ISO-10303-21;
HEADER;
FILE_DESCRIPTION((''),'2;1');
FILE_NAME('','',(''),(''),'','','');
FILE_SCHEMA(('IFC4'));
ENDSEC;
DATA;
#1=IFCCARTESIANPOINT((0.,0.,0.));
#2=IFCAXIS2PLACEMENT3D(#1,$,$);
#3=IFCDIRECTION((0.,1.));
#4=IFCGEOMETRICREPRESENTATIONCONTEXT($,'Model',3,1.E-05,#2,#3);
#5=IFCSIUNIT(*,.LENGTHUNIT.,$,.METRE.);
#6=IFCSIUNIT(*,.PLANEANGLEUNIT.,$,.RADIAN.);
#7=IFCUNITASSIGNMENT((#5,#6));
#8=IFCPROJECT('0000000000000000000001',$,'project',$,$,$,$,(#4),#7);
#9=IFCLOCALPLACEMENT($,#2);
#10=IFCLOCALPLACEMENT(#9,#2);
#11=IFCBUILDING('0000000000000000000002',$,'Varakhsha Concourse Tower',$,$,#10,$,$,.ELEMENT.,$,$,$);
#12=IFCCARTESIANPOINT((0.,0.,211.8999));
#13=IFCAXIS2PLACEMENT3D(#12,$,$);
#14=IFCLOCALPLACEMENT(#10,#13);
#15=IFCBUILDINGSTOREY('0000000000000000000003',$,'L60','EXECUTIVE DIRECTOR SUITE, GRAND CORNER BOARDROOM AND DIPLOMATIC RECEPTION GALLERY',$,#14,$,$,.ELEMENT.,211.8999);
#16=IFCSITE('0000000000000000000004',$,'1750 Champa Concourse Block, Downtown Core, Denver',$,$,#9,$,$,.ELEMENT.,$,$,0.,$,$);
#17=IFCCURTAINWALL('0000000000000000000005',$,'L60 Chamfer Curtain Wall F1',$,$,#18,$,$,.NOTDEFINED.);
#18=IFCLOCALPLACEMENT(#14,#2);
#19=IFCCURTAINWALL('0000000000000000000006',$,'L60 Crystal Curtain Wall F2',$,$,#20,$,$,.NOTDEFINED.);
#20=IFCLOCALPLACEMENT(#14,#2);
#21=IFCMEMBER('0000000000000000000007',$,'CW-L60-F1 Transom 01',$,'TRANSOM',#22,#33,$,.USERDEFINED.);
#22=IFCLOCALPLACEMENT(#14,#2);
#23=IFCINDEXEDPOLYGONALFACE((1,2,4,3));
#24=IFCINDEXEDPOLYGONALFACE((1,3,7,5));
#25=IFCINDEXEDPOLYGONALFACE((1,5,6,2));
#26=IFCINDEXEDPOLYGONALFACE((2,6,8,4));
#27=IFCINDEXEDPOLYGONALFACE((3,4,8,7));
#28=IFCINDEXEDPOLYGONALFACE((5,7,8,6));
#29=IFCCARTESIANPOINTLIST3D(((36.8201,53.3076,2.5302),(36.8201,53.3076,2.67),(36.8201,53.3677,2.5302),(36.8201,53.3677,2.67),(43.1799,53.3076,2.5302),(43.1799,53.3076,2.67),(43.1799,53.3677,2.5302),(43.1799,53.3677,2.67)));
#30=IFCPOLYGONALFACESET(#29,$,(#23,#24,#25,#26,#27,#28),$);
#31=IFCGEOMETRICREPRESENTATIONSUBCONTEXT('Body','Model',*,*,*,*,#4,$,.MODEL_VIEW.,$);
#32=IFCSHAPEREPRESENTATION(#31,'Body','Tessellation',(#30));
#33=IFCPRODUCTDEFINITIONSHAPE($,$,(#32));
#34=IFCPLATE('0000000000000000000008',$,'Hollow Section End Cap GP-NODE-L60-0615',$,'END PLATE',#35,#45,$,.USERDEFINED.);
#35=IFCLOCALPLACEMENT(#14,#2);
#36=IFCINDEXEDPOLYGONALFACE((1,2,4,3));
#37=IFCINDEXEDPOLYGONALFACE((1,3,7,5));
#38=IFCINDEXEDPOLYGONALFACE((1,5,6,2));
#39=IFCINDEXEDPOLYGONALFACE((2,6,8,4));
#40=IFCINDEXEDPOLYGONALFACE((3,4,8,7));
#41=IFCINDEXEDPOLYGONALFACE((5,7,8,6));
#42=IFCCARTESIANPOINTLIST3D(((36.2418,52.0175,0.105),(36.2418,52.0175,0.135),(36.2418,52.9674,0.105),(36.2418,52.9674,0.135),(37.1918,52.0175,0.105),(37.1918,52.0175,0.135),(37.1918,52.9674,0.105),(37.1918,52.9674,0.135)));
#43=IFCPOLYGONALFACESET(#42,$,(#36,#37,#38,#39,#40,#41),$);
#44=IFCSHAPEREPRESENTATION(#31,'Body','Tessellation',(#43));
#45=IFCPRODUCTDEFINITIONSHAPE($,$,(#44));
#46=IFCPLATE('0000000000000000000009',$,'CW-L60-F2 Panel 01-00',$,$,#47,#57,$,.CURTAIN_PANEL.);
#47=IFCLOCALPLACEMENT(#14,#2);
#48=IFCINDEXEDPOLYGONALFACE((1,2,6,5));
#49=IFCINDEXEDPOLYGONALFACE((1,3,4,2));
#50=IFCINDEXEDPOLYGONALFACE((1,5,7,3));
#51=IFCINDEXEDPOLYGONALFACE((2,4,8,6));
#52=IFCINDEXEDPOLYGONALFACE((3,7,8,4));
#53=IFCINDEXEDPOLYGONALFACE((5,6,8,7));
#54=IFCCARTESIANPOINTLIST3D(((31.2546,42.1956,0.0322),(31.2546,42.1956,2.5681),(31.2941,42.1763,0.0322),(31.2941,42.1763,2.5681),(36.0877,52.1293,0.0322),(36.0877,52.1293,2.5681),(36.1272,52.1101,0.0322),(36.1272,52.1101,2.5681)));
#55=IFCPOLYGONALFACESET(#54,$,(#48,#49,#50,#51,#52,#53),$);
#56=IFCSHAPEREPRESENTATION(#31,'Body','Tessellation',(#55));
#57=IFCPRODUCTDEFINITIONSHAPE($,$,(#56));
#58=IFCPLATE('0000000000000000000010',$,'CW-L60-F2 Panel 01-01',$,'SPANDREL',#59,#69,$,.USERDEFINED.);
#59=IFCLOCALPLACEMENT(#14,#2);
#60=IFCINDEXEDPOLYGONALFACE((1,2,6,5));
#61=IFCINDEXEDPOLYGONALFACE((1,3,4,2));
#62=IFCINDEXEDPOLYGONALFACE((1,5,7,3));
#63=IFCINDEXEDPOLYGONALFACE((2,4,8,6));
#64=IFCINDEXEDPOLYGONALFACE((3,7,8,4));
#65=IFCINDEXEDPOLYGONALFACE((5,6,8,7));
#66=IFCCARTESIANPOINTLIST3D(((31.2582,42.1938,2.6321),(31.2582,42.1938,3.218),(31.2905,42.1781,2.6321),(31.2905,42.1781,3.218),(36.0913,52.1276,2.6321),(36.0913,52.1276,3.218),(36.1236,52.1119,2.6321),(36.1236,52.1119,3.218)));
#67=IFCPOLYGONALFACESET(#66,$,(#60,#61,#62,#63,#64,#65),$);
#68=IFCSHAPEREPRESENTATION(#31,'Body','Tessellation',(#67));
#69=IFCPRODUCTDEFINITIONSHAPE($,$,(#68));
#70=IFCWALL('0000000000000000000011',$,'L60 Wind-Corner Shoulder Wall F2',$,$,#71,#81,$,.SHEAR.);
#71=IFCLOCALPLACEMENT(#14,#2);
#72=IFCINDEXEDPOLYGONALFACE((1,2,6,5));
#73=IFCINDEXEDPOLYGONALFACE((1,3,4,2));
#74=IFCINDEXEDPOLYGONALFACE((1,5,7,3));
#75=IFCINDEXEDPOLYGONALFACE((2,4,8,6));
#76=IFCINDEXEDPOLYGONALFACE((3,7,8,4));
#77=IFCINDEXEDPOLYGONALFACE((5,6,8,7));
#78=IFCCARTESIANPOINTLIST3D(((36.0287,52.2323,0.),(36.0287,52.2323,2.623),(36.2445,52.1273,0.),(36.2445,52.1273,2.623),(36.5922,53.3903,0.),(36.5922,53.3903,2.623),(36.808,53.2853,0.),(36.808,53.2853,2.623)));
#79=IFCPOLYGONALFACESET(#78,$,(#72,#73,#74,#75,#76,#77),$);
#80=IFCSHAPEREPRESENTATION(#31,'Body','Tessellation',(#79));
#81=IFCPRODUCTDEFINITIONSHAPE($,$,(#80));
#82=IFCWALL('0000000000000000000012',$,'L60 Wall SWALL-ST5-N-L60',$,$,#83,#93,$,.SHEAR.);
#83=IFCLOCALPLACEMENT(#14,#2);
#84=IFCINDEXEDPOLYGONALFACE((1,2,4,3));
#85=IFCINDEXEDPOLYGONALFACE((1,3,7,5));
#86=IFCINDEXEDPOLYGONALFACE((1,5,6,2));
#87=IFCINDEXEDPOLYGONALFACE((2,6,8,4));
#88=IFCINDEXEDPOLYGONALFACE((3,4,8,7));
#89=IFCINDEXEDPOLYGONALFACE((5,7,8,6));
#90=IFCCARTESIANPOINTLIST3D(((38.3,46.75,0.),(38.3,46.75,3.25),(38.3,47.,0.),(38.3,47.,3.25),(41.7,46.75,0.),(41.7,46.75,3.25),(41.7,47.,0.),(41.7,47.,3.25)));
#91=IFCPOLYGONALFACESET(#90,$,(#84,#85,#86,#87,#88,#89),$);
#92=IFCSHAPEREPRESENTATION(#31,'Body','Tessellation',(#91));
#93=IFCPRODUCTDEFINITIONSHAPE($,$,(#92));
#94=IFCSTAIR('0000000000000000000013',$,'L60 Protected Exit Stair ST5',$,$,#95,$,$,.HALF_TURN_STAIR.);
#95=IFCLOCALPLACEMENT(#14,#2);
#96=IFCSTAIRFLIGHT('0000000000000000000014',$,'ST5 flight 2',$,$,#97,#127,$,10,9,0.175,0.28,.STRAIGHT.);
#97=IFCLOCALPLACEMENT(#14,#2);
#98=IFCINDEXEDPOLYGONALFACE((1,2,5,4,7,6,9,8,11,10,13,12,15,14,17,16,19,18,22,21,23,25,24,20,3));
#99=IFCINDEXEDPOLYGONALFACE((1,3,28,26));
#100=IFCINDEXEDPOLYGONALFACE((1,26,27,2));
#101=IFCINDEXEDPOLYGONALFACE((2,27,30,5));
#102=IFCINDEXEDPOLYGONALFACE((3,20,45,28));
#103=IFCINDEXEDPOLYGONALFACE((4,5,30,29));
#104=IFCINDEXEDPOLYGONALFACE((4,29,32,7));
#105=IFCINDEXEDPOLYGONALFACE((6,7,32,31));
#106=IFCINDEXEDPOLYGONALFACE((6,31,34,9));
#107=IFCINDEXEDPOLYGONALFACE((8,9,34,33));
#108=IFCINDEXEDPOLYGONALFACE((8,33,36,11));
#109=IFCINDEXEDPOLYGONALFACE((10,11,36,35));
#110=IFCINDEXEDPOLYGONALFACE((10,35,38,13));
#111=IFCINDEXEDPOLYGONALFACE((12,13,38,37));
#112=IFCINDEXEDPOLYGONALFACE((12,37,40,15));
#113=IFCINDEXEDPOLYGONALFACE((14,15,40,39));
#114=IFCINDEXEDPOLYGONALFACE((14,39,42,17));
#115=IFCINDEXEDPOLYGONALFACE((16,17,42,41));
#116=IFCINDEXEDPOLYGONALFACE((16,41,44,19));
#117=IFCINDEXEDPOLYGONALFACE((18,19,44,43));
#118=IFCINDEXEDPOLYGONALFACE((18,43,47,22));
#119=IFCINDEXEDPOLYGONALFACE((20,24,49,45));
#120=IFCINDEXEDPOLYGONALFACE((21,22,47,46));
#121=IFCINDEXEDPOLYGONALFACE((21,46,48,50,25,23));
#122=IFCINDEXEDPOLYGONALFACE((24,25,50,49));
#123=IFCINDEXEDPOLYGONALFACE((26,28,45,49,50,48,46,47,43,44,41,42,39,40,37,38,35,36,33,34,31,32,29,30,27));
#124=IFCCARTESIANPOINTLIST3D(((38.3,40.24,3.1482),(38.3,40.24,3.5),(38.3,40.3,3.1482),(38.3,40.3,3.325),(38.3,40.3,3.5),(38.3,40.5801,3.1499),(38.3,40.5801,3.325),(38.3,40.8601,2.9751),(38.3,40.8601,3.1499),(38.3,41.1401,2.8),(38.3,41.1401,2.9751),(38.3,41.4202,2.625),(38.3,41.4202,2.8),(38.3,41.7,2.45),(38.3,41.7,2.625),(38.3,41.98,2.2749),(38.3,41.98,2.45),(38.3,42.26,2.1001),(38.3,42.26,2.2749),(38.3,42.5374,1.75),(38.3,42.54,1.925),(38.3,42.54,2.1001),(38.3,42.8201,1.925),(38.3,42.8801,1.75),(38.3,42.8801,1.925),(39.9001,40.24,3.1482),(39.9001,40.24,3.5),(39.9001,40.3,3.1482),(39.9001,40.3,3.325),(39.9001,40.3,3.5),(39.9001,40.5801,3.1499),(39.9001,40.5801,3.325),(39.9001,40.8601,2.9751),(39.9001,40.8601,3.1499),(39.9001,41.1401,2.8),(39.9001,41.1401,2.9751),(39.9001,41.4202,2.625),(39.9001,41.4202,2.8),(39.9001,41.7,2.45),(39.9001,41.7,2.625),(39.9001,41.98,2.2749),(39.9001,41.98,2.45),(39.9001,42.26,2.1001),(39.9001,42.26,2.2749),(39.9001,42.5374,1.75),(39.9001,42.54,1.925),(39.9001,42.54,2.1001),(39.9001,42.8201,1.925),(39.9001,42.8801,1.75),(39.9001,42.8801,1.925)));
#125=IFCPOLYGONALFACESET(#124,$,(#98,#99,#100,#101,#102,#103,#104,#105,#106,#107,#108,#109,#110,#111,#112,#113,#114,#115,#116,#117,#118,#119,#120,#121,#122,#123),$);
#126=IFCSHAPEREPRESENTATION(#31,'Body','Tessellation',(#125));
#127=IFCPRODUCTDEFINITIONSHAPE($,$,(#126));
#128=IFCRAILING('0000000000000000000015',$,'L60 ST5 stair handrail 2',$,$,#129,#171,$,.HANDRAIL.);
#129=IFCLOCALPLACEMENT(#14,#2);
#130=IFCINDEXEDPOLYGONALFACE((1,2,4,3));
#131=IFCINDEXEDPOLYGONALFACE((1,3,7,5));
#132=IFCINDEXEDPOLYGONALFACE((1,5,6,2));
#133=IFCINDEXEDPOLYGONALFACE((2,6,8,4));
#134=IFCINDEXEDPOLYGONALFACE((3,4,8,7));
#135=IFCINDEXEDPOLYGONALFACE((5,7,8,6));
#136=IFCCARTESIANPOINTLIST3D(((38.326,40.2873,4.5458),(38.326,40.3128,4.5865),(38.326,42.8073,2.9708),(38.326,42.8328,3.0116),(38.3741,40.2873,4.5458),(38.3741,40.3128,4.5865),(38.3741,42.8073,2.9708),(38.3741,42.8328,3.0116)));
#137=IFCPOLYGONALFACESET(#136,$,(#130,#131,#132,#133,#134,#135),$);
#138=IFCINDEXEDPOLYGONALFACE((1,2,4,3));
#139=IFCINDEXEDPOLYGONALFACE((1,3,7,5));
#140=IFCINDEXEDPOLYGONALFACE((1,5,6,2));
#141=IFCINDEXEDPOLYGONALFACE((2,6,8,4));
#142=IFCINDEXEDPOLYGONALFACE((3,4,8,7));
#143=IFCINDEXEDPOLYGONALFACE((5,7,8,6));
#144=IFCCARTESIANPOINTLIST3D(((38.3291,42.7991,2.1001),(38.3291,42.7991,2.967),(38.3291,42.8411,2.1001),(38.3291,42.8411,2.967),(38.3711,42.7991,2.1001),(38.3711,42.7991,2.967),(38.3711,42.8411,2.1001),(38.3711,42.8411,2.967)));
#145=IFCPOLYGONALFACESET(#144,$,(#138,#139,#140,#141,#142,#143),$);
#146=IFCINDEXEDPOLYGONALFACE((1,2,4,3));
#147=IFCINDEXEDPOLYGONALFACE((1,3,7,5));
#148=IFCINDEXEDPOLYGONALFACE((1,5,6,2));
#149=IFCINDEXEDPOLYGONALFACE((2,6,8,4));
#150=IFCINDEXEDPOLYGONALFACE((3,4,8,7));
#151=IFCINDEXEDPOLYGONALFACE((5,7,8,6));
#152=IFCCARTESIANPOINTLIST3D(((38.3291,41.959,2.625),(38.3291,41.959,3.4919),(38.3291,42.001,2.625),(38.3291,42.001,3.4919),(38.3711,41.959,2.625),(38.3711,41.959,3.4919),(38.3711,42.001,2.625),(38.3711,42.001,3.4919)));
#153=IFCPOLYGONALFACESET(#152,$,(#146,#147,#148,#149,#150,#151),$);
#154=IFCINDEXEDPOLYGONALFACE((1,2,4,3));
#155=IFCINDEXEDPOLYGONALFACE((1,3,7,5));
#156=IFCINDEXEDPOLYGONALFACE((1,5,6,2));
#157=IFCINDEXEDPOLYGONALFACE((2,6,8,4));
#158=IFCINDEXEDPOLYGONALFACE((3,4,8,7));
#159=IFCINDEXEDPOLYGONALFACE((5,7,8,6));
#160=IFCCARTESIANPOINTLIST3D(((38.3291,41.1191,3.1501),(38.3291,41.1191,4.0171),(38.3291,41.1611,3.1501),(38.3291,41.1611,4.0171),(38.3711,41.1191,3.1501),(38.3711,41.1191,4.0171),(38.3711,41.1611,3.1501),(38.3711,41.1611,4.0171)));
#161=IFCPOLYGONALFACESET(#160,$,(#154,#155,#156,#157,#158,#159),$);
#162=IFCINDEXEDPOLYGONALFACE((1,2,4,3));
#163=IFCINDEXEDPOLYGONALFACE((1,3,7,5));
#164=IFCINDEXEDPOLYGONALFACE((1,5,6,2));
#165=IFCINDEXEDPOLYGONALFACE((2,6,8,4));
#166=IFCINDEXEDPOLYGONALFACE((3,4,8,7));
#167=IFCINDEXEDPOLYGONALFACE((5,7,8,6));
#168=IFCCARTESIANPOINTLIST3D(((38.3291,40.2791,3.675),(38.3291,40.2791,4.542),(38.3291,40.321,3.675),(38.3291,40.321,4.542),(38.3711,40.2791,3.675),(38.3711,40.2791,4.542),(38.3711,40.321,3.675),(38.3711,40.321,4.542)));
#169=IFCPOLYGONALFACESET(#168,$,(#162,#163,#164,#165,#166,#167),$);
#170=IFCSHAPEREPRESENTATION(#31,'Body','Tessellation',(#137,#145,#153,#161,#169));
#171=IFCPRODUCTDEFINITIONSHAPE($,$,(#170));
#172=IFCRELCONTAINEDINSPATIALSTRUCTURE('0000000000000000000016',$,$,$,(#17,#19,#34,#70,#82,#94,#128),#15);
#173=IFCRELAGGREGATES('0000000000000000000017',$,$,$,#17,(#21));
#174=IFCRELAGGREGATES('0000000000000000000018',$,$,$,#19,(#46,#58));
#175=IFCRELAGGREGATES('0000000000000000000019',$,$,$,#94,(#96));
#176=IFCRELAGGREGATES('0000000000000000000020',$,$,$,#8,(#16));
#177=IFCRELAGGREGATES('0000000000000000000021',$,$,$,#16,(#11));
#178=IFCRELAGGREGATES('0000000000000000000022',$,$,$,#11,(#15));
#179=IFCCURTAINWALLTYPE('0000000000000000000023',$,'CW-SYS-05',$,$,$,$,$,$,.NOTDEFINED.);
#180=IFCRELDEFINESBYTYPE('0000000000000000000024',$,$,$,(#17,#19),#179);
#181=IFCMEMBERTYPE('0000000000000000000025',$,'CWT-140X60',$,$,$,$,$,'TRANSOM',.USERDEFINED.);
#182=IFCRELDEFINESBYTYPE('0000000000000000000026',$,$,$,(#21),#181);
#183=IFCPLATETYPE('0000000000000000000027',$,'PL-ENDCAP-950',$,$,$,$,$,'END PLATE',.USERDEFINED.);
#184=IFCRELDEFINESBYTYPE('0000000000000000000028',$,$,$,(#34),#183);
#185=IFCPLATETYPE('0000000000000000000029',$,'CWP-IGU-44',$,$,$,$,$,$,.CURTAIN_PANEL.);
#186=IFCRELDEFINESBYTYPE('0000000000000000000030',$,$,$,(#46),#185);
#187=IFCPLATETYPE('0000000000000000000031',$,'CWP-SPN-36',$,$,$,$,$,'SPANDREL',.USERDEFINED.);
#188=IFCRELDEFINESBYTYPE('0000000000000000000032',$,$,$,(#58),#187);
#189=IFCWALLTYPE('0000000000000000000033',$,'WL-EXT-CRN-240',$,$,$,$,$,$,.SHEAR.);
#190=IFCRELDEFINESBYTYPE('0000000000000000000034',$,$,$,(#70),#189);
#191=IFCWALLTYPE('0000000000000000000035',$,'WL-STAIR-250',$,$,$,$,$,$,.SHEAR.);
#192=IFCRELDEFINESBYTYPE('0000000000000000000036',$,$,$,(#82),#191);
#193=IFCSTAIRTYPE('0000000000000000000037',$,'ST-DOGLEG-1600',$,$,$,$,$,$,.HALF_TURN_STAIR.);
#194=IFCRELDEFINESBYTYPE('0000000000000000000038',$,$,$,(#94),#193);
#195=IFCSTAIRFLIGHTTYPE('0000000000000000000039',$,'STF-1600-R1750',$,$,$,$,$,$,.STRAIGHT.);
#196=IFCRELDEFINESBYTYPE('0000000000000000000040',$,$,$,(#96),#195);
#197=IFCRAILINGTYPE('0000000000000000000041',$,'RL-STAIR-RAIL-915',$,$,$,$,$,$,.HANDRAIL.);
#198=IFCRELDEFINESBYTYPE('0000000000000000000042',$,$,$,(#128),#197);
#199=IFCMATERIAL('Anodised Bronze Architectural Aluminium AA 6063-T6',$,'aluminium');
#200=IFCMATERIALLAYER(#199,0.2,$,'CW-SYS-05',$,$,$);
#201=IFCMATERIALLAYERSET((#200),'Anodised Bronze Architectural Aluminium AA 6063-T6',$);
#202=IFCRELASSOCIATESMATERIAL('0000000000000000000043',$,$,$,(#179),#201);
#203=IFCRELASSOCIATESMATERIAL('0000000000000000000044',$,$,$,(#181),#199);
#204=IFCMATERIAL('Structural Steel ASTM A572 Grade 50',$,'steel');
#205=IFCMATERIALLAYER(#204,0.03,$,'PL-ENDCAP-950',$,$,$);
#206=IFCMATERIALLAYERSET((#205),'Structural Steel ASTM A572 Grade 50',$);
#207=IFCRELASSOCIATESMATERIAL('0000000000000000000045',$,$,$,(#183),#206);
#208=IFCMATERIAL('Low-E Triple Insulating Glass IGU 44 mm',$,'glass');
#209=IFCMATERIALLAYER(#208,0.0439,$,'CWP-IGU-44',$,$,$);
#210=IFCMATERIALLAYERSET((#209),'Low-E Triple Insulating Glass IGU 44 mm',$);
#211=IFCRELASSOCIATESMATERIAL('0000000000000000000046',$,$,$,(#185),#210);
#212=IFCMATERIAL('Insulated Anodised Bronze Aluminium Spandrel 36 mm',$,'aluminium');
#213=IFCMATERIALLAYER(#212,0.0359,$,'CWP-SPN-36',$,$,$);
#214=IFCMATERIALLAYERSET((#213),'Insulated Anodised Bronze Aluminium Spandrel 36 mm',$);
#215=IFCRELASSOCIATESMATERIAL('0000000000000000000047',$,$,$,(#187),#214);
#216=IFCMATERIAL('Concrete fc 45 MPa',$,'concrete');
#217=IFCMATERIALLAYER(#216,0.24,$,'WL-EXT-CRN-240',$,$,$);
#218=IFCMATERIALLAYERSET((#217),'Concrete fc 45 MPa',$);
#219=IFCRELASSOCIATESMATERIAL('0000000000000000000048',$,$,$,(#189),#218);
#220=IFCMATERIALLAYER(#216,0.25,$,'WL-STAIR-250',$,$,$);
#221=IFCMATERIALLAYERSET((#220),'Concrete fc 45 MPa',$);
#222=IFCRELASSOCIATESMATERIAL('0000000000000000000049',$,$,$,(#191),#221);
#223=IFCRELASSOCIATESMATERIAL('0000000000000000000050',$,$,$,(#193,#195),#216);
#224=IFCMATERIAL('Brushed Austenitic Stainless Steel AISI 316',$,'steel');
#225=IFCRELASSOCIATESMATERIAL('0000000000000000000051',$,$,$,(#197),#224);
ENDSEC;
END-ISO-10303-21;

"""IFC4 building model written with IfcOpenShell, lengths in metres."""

from ifc_helpers import new_model, si_unit, direction, frame, frame_2d, origin, origin_2d, place, context, subcontext, project, spatial, polyline, rectangle, outline, extrude, source, transform, mapped, material, layer, layer_set, material_profile, profile_set, type_object, type_shapes, element, aggregate, save


model = new_model("IFC4")

# Units and contexts
model_context = context("Model", 3, precision=1e-05, world=origin(), true_north=direction((0.0, 1.0)))
body_context = subcontext(model_context, "Body", "Model", "MODEL_VIEW")
ifc_project = project(units=[si_unit("LENGTHUNIT", "METRE"), si_unit("PLANEANGLEUNIT", "RADIAN")], contexts=[model_context])

# Site, building, storey
site_placement = place(None, origin())
site = spatial("IfcSite", under=ifc_project, at=site_placement, Name="1750 Champa Concourse Block, Downtown Core, Denver", CompositionType="ELEMENT", RefElevation=0.0)
building_placement = place(site_placement, origin())
building = spatial("IfcBuilding", under=site, at=building_placement, Name="Varakhsha Concourse Tower", CompositionType="ELEMENT")
storey_placement = place(building_placement, frame((0.0, 0.0, 211.8999)))
storey = spatial("IfcBuildingStorey", under=building, at=storey_placement, Name="L60", Description="EXECUTIVE DIRECTOR SUITE, GRAND CORNER BOARDROOM AND DIPLOMATIC RECEPTION GALLERY", CompositionType="ELEMENT", Elevation=211.8999)

# Shared definitions
ifc_material_1 = material(Name="Structural Steel ASTM A572 Grade 50", Category="steel")

# Curtain wall
ifc_material_2 = material(Name="Anodised Bronze Architectural Aluminium AA 6063-T6", Category="aluminium")
ifc_layer_1 = layer(ifc_material_2, 0.2, Name="CW-SYS-05")
ifc_layer_set_1 = layer_set([ifc_layer_1], Name="Anodised Bronze Architectural Aluminium AA 6063-T6")
curtain_wall_type = type_object("IfcCurtainWallType", Name="CW-SYS-05", PredefinedType="NOTDEFINED", material=ifc_layer_set_1)
curtain_wall_1_placement = place(storey_placement, origin())
curtain_wall_1 = element("IfcCurtainWall", 1, at=curtain_wall_1_placement, inside=storey, type_object=curtain_wall_type, Name="L60 Chamfer Curtain Wall F1", PredefinedType="NOTDEFINED")

# Curtain wall
curtain_wall_2_placement = place(storey_placement, origin())
curtain_wall_2 = element("IfcCurtainWall", 2, at=curtain_wall_2_placement, inside=storey, type_object=curtain_wall_type, Name="L60 Crystal Curtain Wall F2", PredefinedType="NOTDEFINED")

# Member
ifc_material_profile_1 = material_profile(ifc_material_2, rectangle(XDim=0.0601, YDim=0.1399, at=origin_2d()), Name="CWT-140X60")
ifc_profile_set_1 = profile_set([ifc_material_profile_1], Name="Anodised Bronze Architectural Aluminium AA 6063-T6")
member_type_1 = type_object("IfcMemberType", Name="CWT-140X60", ElementType="TRANSOM", PredefinedType="USERDEFINED", material=ifc_profile_set_1)
shared_shape_1 = source(origin(), body_context, "Body", "SweptSolid", [
    extrude(rectangle(XDim=0.0601, YDim=0.1399, at=origin_2d()), origin(), (0.0, 0.0, 1.0), 6.3599),
])
type_shapes(member_type_1, [shared_shape_1])
member_1_placement = place(storey_placement, frame((36.8201, 53.3376, 2.6001), z_axis=(1.0, 0.0, 0.0), x_axis=(0.0, 1.0, 0.0)))
member_1 = element("IfcMember", 3, at=member_1_placement, type_object=member_type_1, Name="CW-L60-F1 Transom 01", ObjectType="TRANSOM", PredefinedType="USERDEFINED", context=body_context, shape_type="MappedRepresentation", body=[
    mapped(shared_shape_1, transform((0.0, 0.0, 0.0), scale=1.0)),
])
aggregate(curtain_wall_1, [member_1])

# Plates
ifc_layer_2 = layer(ifc_material_1, 0.03, Name="PL-ENDCAP-950")
ifc_layer_set_2 = layer_set([ifc_layer_2], Name="Structural Steel ASTM A572 Grade 50")
plate_type_1 = type_object("IfcPlateType", Name="PL-ENDCAP-950", ElementType="END PLATE", PredefinedType="USERDEFINED", material=ifc_layer_set_2)
shared_shape_2 = source(origin(), body_context, "Body", "SweptSolid", [
    extrude(rectangle(XDim=0.95, YDim=0.95, at=origin_2d()), origin(), (0.0, 0.0, 1.0), 0.03),
])
type_shapes(plate_type_1, [shared_shape_2])
plate_1_placement = place(storey_placement, frame((36.7168, 52.4924, 0.105), z_axis=(0.0, 0.0, 1.0), x_axis=(1.0, 0.0, 0.0)))
element("IfcPlate", 4, at=plate_1_placement, inside=storey, type_object=plate_type_1, Name="Hollow Section End Cap GP-NODE-L60-0615", ObjectType="END PLATE", PredefinedType="USERDEFINED", context=body_context, shape_type="MappedRepresentation", body=[
    mapped(shared_shape_2, transform((0.0, 0.0, 0.0), scale=1.0)),
])
ifc_material_3 = material(Name="Low-E Triple Insulating Glass IGU 44 mm", Category="glass")
ifc_layer_3 = layer(ifc_material_3, 0.0439, Name="CWP-IGU-44")
ifc_layer_set_3 = layer_set([ifc_layer_3], Name="Low-E Triple Insulating Glass IGU 44 mm")
plate_type_2 = type_object("IfcPlateType", Name="CWP-IGU-44", PredefinedType="CURTAIN_PANEL", material=ifc_layer_set_3)
shared_shape_3 = source(origin(), body_context, "Body", "SweptSolid", [
    extrude(rectangle(XDim=11.0471, YDim=0.0439, at=origin_2d()), origin(), (0.0, 0.0, 1.0), 2.5359),
])
type_shapes(plate_type_2, [shared_shape_3])
plate_2_placement = place(storey_placement, frame((33.6909, 47.1528, 0.0322), z_axis=(0.0, 0.0, 1.0), x_axis=(0.437497, 0.89922, 0.0)))
plate_2 = element("IfcPlate", 5, at=plate_2_placement, type_object=plate_type_2, Name="CW-L60-F2 Panel 01-00", PredefinedType="CURTAIN_PANEL", context=body_context, shape_type="MappedRepresentation", body=[
    mapped(shared_shape_3, transform((0.0, 0.0, 0.0), scale=1.0)),
])
ifc_material_4 = material(Name="Insulated Anodised Bronze Aluminium Spandrel 36 mm", Category="aluminium")
ifc_layer_4 = layer(ifc_material_4, 0.0359, Name="CWP-SPN-36")
ifc_layer_set_4 = layer_set([ifc_layer_4], Name="Insulated Anodised Bronze Aluminium Spandrel 36 mm")
plate_type_3 = type_object("IfcPlateType", Name="CWP-SPN-36", ElementType="SPANDREL", PredefinedType="USERDEFINED", material=ifc_layer_set_4)
shared_shape_4 = source(origin(), body_context, "Body", "SweptSolid", [
    extrude(rectangle(XDim=11.0471, YDim=0.0359, at=origin_2d()), origin(), (0.0, 0.0, 1.0), 0.5859),
])
type_shapes(plate_type_3, [shared_shape_4])
plate_3_placement = place(storey_placement, frame((33.6909, 47.1528, 2.6321), z_axis=(0.0, 0.0, 1.0), x_axis=(0.437497, 0.89922, 0.0)))
plate_3 = element("IfcPlate", 6, at=plate_3_placement, type_object=plate_type_3, Name="CW-L60-F2 Panel 01-01", ObjectType="SPANDREL", PredefinedType="USERDEFINED", context=body_context, shape_type="MappedRepresentation", body=[
    mapped(shared_shape_4, transform((0.0, 0.0, 0.0), scale=1.0)),
])
aggregate(curtain_wall_2, [plate_2, plate_3])

# Walls
ifc_material_5 = material(Name="Concrete fc 45 MPa", Category="concrete")
ifc_layer_5 = layer(ifc_material_5, 0.24, Name="WL-EXT-CRN-240")
ifc_layer_set_5 = layer_set([ifc_layer_5], Name="Concrete fc 45 MPa")
wall_type_1 = type_object("IfcWallType", Name="WL-EXT-CRN-240", PredefinedType="SHEAR", material=ifc_layer_set_5)
wall_1_placement = place(storey_placement, frame((36.7002, 53.3379, 0.0), z_axis=(0.0, 0.0, 1.0), x_axis=(-0.437557, -0.899191, 0.0)))
element("IfcWall", 7, at=wall_1_placement, inside=storey, type_object=wall_type_1, Name="L60 Wind-Corner Shoulder Wall F2", PredefinedType="SHEAR", context=body_context, shape_type="SweptSolid", body=[
    extrude(rectangle(XDim=1.2878, YDim=0.24, at=frame_2d((0.644, 0.0))), origin(), (0.0, 0.0, 1.0), 2.623),
])
ifc_layer_6 = layer(ifc_material_5, 0.25, Name="WL-STAIR-250")
ifc_layer_set_6 = layer_set([ifc_layer_6], Name="Concrete fc 45 MPa")
wall_type_2 = type_object("IfcWallType", Name="WL-STAIR-250", PredefinedType="SHEAR", material=ifc_layer_set_6)
wall_2_placement = place(storey_placement, frame((38.3, 46.875, 0.0), z_axis=(0.0, 0.0, 1.0), x_axis=(1.0, 0.0, 0.0)))
element("IfcWall", 8, at=wall_2_placement, inside=storey, type_object=wall_type_2, Name="L60 Wall SWALL-ST5-N-L60", PredefinedType="SHEAR", context=body_context, shape_type="SweptSolid", body=[
    extrude(rectangle(XDim=3.3999, YDim=0.25, at=frame_2d((1.7, 0.0))), origin(), (0.0, 0.0, 1.0), 3.25),
])

# Stair, stair flight
stair_type = type_object("IfcStairType", Name="ST-DOGLEG-1600", PredefinedType="HALF_TURN_STAIR", material=ifc_material_5)
stair_placement = place(storey_placement, origin())
stair = element("IfcStair", 9, at=stair_placement, inside=storey, type_object=stair_type, Name="L60 Protected Exit Stair ST5", PredefinedType="HALF_TURN_STAIR")
stair_flight_type = type_object("IfcStairFlightType", Name="STF-1600-R1750", PredefinedType="STRAIGHT", material=ifc_material_5)
stair_flight_placement = place(storey_placement, frame((39.1001, 42.8201, 1.75), z_axis=(0.0, 0.0, 1.0), x_axis=(0.0, -1.0, 0.0)))
stair_flight = element("IfcStairFlight", 10, at=stair_flight_placement, type_object=stair_flight_type, Name="ST5 flight 2", NumberOfRisers=10, NumberOfTreads=9, PredefinedType="STRAIGHT", RiserHeight=0.175, TreadLength=0.28, context=body_context, shape_type="SweptSolid", body=[
    extrude(outline(polyline([(-0.0601, 0.0), (-0.0601, 0.175), (0.0, 0.175), (0.28, 0.175), (0.28, 0.3501), (0.5601, 0.3501), (0.5601, 0.5249), (0.8401, 0.5249), (0.8401, 0.7), (1.1201, 0.7), (1.1201, 0.875), (1.3999, 0.875), (1.3999, 1.05), (1.6799, 1.05), (1.6799, 1.2251), (1.96, 1.2251), (1.96, 1.3999), (2.24, 1.3999), (2.24, 1.575), (2.52, 1.575), (2.52, 1.75), (2.5801, 1.75), (2.5801, 1.3982), (2.52, 1.3982), (0.2827, 0.0), (-0.0601, 0.0)])), frame((0.0, 0.8, 0.0), z_axis=(0.0, -1.0, 0.0), x_axis=(1.0, 0.0, 0.0)), (0.0, 0.0, 1.0), 1.6001),
])
aggregate(stair, [stair_flight])

# Railing
ifc_material_6 = material(Name="Brushed Austenitic Stainless Steel AISI 316", Category="steel")
railing_type = type_object("IfcRailingType", Name="RL-STAIR-RAIL-915", PredefinedType="HANDRAIL", material=ifc_material_6)
railing_placement = place(storey_placement, frame((38.3501, 42.8201, 2.1001)))
element("IfcRailing", 11, at=railing_placement, inside=storey, type_object=railing_type, Name="L60 ST5 stair handrail 2", PredefinedType="HANDRAIL", context=body_context, shape_type="SweptSolid", body=[
    extrude(rectangle(XDim=0.0481, YDim=0.0481, at=origin_2d()), frame((0.0, 0.0, 0.8911), z_axis=(0.0, -0.848008, 0.529984), x_axis=(1.0, 0.0, 0.0)), (0.0, 0.0, 1.0), 2.9717),
    extrude(rectangle(XDim=0.042, YDim=0.042, at=origin_2d()), origin(), (0.0, 0.0, 1.0), 0.8669),
    extrude(rectangle(XDim=0.042, YDim=0.042, at=origin_2d()), frame((0.0, -0.8401, 0.5249)), (0.0, 0.0, 1.0), 0.8669),
    extrude(rectangle(XDim=0.042, YDim=0.042, at=origin_2d()), frame((0.0, -1.6799, 1.05)), (0.0, 0.0, 1.0), 0.8669),
    extrude(rectangle(XDim=0.042, YDim=0.042, at=origin_2d()), frame((0.0, -2.52, 1.575)), (0.0, 0.0, 1.0), 0.8669),
])

save(model, "model.ifc")
